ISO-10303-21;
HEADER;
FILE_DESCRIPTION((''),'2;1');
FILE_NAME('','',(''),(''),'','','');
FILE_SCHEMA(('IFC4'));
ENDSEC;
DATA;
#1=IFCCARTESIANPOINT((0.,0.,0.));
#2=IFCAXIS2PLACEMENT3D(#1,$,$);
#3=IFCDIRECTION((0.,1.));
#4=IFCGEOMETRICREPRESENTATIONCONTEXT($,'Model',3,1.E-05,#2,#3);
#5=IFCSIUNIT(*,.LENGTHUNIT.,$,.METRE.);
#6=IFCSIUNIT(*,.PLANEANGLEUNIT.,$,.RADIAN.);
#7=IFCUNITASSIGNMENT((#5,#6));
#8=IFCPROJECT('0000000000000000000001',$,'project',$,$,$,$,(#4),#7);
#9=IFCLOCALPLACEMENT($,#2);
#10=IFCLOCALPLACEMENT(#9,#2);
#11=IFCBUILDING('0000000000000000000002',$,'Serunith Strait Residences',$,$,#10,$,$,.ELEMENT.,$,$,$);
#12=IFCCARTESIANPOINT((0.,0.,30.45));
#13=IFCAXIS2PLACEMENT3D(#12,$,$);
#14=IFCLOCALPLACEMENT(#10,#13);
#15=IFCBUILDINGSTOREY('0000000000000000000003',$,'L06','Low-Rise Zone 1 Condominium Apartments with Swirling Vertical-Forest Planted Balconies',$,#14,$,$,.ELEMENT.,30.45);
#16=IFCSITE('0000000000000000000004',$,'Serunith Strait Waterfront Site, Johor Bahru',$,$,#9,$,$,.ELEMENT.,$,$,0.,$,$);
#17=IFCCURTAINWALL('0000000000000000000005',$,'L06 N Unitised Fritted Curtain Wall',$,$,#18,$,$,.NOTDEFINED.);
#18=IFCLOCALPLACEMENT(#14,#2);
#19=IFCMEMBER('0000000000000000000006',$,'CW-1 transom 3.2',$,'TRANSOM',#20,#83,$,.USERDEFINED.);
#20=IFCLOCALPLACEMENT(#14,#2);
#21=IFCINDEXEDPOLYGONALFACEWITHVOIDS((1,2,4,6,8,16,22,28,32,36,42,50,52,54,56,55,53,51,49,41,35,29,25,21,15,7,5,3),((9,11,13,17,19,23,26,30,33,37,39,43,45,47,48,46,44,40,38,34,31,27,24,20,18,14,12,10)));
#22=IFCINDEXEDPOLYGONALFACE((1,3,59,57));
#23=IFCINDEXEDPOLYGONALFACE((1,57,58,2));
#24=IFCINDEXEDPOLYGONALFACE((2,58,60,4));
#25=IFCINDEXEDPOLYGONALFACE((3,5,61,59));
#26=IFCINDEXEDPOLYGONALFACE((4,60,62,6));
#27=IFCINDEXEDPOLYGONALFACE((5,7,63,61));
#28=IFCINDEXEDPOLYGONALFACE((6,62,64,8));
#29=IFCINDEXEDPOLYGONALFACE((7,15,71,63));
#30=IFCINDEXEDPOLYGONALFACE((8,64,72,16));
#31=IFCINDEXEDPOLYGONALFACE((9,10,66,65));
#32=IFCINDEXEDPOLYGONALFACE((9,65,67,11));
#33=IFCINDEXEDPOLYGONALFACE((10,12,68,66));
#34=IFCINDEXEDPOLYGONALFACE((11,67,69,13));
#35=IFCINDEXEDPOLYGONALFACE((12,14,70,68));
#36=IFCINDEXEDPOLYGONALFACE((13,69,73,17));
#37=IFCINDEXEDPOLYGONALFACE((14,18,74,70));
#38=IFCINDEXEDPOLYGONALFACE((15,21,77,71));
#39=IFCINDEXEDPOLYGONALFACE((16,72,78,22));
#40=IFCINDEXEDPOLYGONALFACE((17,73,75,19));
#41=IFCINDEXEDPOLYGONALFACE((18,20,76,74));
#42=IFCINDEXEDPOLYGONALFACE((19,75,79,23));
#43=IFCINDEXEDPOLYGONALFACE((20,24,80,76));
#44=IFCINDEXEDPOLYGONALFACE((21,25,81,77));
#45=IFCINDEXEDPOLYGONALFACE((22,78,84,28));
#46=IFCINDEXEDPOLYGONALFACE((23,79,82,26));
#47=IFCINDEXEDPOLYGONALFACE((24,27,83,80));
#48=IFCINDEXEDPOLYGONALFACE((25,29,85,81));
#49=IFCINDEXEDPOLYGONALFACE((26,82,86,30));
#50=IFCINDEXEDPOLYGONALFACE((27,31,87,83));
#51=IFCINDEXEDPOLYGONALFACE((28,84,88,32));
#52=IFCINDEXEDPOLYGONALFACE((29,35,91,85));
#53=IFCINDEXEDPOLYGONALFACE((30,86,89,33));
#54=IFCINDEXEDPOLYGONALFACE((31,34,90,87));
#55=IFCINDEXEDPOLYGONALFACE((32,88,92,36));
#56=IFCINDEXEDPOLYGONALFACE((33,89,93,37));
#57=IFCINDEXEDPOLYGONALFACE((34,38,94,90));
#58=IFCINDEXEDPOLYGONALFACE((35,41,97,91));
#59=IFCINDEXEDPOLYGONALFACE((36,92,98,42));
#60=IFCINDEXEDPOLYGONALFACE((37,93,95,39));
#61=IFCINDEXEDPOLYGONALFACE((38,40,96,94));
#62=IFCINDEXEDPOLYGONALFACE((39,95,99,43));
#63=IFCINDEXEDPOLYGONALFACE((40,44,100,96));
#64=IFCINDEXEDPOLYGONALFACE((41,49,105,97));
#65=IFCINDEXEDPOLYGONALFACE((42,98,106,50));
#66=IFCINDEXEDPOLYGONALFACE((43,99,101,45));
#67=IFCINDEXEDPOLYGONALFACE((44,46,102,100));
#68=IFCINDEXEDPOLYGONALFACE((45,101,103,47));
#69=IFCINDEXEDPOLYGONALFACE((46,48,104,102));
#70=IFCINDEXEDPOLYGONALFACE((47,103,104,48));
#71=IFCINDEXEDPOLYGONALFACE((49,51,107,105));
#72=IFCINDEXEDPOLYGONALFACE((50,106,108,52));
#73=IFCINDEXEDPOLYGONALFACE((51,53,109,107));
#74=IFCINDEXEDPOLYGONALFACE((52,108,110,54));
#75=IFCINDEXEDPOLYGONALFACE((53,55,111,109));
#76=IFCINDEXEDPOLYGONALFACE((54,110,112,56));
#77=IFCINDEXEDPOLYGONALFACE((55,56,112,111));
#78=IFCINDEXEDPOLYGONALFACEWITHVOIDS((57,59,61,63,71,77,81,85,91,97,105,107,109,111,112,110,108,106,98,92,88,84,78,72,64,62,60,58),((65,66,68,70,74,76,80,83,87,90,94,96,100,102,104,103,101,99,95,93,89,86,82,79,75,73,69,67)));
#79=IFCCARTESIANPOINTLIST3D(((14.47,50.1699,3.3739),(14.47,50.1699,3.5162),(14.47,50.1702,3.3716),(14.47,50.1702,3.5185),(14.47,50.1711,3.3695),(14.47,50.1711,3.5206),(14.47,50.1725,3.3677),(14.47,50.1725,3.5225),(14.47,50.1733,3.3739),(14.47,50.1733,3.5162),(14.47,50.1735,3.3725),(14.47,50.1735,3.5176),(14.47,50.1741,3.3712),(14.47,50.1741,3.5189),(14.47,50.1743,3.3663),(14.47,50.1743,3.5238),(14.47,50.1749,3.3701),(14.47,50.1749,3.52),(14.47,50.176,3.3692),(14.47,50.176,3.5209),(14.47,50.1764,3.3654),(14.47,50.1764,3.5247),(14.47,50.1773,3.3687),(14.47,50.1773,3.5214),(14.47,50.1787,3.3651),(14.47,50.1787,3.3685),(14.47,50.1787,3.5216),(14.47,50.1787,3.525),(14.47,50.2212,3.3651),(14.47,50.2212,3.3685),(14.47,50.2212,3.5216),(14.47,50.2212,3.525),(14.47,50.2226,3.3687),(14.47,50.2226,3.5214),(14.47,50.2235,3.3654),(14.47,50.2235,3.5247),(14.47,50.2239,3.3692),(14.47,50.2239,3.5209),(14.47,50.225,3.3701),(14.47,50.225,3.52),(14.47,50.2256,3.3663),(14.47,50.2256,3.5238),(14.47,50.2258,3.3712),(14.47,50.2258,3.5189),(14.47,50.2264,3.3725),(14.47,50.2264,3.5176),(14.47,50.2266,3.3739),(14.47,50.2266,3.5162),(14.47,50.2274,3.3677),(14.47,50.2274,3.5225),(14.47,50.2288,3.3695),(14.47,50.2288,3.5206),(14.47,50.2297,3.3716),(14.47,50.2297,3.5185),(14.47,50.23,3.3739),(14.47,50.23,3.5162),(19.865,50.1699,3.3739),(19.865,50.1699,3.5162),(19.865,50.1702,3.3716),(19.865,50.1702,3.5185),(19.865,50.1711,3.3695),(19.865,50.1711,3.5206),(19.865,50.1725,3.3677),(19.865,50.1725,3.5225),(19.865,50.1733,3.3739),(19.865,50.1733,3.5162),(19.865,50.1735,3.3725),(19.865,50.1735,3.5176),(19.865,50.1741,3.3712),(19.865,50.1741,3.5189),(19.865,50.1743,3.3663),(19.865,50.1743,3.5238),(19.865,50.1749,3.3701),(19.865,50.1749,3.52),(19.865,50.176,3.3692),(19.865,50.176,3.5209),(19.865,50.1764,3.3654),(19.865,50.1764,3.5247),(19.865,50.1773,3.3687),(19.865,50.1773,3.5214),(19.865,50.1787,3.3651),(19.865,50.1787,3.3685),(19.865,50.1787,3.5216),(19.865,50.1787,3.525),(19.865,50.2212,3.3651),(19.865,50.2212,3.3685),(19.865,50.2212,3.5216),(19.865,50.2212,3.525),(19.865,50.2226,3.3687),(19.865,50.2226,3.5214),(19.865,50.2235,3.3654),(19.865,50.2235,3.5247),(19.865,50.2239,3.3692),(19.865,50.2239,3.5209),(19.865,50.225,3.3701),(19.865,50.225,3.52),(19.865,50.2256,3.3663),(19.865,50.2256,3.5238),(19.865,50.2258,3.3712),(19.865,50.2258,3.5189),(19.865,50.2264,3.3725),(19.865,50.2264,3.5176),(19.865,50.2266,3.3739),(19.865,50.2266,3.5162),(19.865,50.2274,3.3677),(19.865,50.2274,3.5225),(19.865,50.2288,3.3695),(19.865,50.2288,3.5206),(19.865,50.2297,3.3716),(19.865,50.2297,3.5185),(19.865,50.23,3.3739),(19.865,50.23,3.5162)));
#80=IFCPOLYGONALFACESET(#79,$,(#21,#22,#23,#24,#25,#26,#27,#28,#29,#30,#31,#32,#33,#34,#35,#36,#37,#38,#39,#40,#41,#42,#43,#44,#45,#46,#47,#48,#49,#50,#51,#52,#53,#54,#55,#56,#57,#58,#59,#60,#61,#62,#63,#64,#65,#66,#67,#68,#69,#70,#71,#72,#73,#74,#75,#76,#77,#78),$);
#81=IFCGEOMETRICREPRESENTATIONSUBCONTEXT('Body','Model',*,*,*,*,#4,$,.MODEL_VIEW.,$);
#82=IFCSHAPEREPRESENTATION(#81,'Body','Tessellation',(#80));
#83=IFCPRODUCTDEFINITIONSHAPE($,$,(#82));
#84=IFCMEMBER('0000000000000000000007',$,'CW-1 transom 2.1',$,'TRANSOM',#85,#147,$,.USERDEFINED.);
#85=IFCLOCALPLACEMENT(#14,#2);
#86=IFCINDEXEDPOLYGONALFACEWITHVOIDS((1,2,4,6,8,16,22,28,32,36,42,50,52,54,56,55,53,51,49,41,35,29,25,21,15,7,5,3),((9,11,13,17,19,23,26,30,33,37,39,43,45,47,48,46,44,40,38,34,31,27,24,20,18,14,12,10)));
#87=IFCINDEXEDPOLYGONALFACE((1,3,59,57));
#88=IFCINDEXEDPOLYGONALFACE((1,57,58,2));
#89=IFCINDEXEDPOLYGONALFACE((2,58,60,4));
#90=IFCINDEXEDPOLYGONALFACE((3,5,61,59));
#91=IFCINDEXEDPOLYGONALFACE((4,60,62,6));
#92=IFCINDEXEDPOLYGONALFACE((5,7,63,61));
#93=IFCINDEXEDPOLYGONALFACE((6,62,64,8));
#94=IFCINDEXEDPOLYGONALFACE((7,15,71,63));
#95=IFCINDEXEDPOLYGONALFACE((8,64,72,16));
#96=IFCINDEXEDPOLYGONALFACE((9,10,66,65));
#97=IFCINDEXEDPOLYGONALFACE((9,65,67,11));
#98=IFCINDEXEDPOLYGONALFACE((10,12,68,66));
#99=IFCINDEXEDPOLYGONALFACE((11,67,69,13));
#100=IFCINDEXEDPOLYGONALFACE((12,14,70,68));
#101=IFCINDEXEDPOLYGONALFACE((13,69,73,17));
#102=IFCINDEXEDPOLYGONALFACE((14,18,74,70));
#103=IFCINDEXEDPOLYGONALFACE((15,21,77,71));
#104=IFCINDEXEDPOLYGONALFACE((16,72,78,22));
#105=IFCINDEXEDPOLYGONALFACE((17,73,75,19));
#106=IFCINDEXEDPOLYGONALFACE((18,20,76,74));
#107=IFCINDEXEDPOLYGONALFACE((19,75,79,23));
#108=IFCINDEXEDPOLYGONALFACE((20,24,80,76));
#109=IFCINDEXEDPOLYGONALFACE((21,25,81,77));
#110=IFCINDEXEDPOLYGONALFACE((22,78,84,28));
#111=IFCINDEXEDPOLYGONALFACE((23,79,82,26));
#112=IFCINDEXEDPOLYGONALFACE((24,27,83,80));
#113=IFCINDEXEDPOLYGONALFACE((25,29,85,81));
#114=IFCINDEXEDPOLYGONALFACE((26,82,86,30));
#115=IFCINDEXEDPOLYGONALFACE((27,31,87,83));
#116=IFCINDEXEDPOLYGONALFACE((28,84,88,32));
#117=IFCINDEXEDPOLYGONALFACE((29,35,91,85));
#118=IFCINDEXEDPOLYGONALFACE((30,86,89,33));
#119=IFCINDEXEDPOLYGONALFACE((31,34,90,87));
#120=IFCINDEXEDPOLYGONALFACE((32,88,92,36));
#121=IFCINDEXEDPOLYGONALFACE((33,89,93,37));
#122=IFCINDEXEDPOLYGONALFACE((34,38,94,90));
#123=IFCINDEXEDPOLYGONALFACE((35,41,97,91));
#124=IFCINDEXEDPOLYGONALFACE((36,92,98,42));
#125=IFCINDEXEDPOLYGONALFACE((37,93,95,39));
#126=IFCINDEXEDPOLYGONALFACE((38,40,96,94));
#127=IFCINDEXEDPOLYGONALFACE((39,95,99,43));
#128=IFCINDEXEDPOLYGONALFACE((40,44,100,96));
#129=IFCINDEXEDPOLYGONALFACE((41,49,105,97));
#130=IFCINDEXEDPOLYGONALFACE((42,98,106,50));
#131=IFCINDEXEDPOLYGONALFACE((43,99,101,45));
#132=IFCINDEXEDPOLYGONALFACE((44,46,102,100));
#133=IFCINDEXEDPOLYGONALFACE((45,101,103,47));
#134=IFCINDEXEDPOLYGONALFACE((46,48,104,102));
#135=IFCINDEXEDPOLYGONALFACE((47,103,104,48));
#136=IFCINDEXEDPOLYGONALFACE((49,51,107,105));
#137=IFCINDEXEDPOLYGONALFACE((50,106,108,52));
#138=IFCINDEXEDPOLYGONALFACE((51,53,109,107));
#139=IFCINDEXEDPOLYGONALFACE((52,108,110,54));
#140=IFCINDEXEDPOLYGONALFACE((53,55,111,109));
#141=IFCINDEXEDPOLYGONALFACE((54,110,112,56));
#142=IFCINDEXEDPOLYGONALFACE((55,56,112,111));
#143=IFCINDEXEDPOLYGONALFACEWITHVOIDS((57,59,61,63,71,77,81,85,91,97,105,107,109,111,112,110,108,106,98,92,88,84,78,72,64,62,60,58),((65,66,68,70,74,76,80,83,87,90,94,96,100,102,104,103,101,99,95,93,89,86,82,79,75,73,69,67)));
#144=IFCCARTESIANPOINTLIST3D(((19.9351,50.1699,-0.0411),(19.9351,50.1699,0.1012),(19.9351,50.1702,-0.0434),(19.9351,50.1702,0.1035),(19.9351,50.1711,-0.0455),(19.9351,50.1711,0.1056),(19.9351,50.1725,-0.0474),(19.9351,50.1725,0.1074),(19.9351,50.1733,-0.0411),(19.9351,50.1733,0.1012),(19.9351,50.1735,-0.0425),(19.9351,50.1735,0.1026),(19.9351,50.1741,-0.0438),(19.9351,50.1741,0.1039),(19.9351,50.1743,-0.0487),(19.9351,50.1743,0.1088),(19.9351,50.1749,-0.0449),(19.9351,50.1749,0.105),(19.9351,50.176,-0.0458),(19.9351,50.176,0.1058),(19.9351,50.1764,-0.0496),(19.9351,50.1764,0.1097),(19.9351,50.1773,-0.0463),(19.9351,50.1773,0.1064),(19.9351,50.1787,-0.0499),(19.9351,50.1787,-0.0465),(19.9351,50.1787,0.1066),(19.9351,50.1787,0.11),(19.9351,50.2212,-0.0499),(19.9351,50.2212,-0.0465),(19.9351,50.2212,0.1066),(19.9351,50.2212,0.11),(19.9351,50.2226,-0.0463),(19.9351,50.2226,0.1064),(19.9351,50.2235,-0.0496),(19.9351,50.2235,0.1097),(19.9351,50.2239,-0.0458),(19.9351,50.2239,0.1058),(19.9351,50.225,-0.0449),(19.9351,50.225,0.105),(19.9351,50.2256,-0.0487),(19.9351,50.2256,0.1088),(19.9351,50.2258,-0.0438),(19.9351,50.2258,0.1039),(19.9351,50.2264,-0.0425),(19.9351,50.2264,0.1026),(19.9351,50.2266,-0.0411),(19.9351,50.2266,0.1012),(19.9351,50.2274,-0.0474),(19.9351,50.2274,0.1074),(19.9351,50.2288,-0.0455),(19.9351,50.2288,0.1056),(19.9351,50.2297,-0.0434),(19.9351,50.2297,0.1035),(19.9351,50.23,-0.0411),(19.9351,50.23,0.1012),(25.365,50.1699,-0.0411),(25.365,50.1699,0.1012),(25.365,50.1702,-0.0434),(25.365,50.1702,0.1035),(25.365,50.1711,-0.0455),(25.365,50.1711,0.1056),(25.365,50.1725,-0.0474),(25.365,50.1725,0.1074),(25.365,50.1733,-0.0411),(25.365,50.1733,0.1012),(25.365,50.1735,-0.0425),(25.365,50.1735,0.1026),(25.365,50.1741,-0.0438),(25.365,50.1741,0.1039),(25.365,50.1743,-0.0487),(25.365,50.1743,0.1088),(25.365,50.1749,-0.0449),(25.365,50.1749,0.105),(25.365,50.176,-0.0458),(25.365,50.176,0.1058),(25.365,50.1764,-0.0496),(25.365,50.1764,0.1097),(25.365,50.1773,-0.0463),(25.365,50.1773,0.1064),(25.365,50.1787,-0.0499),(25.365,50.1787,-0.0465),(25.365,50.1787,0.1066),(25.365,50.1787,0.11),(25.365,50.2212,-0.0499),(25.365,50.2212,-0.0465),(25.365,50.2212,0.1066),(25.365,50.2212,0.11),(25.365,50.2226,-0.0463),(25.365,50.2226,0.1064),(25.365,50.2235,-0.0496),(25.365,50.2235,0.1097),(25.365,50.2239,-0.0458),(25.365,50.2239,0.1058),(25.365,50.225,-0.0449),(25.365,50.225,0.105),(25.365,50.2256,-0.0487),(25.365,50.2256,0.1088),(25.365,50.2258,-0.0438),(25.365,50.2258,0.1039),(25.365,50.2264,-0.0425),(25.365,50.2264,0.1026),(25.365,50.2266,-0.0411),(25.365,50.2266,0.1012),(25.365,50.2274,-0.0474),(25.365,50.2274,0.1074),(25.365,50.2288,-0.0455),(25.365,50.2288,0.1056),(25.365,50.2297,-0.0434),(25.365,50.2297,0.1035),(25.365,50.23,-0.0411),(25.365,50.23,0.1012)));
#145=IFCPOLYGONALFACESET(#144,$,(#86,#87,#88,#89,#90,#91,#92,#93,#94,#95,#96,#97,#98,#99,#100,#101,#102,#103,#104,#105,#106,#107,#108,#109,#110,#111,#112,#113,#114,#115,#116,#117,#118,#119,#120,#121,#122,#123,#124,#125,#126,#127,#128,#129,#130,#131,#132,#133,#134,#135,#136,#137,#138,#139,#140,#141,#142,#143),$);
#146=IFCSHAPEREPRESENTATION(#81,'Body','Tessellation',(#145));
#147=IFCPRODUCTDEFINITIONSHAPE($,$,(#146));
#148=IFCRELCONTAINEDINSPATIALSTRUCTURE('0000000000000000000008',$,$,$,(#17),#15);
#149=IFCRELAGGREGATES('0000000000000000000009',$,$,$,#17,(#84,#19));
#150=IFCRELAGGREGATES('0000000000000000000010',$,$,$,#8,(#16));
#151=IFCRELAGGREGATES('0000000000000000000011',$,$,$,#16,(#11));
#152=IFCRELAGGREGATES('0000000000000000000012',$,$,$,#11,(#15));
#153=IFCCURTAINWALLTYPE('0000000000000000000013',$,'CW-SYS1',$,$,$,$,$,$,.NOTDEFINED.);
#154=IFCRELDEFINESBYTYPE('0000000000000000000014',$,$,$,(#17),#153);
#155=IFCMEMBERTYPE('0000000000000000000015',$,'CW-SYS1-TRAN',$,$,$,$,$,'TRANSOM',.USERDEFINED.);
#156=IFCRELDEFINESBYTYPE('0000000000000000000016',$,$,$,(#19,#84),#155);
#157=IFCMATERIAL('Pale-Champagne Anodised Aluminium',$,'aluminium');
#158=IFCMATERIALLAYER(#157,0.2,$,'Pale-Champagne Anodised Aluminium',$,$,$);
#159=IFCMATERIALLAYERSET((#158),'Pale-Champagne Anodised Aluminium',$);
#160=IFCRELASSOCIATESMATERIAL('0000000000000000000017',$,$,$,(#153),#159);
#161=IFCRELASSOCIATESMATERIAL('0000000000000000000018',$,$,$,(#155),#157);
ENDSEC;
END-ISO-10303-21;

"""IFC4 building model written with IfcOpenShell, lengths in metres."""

from ifc_helpers import new_model, si_unit, direction, frame, origin, origin_2d, place, context, subcontext, project, spatial, hollow_rectangle, extrude, source, transform, mapped, material, layer, layer_set, material_profile, profile_set, type_object, element, aggregate, save


model = new_model("IFC4")

# Units and contexts
model_context = context("Model", 3, precision=1e-05, world=origin(), true_north=direction((0.0, 1.0)))
body_context = subcontext(model_context, "Body", "Model", "MODEL_VIEW")
ifc_project = project(units=[si_unit("LENGTHUNIT", "METRE"), si_unit("PLANEANGLEUNIT", "RADIAN")], contexts=[model_context])

# Site, building, storey
site_placement = place(None, origin())
site = spatial("IfcSite", under=ifc_project, at=site_placement, Name="Serunith Strait Waterfront Site, Johor Bahru", CompositionType="ELEMENT", RefElevation=0.0)
building_placement = place(site_placement, origin())
building = spatial("IfcBuilding", under=site, at=building_placement, Name="Serunith Strait Residences", CompositionType="ELEMENT")
storey_placement = place(building_placement, frame((0.0, 0.0, 30.45)))
storey = spatial("IfcBuildingStorey", under=building, at=storey_placement, Name="L06", Description="Low-Rise Zone 1 Condominium Apartments with Swirling Vertical-Forest Planted Balconies", CompositionType="ELEMENT", Elevation=30.45)

# Curtain wall, members
ifc_material_1 = material(Name="Pale-Champagne Anodised Aluminium", Category="aluminium")
ifc_layer_1 = layer(ifc_material_1, 0.2, Name="Pale-Champagne Anodised Aluminium")
ifc_layer_set_1 = layer_set([ifc_layer_1], Name="Pale-Champagne Anodised Aluminium")
curtain_wall_type = type_object("IfcCurtainWallType", Name="CW-SYS1", PredefinedType="NOTDEFINED", material=ifc_layer_set_1)
curtain_wall_placement = place(storey_placement, origin())
curtain_wall = element("IfcCurtainWall", 1, at=curtain_wall_placement, inside=storey, type_object=curtain_wall_type, Name="L06 N Unitised Fritted Curtain Wall", PredefinedType="NOTDEFINED")
ifc_material_profile_1 = material_profile(ifc_material_1, hollow_rectangle(XDim=0.0601, YDim=0.1599, WallThickness=0.0034, InnerFilletRadius=0.0054, OuterFilletRadius=0.0088, at=origin_2d()), Name="ALU 160x60x3.5")
ifc_profile_set_1 = profile_set([ifc_material_profile_1], Name="Pale-Champagne Anodised Aluminium")
member_type_1 = type_object("IfcMemberType", Name="CW-SYS1-TRAN", ElementType="TRANSOM", PredefinedType="USERDEFINED", material=ifc_profile_set_1)
shared_shape_1 = source(origin(), body_context, "Body", "SweptSolid", [
    extrude(hollow_rectangle(XDim=0.0601, YDim=0.1599, WallThickness=0.0034, InnerFilletRadius=0.0054, OuterFilletRadius=0.0088, at=origin_2d()), origin(), (0.0, 0.0, 1.0), 5.395),
])
member_1_placement = place(storey_placement, frame((19.865, 50.2, 3.4451), z_axis=(-1.0, 0.0, 0.0), x_axis=(0.0, -1.0, 0.0)))
member_1 = element("IfcMember", 2, at=member_1_placement, type_object=member_type_1, Name="CW-1 transom 3.2", ObjectType="TRANSOM", PredefinedType="USERDEFINED", context=body_context, shape_type="MappedRepresentation", body=[
    mapped(shared_shape_1, transform((0.0, 0.0, 0.0), scale=1.0)),
])
shared_shape_2 = source(origin(), body_context, "Body", "SweptSolid", [
    extrude(hollow_rectangle(XDim=0.0601, YDim=0.1599, WallThickness=0.0034, InnerFilletRadius=0.0054, OuterFilletRadius=0.0088, at=origin_2d()), origin(), (0.0, 0.0, 1.0), 5.4299),
])
member_2_placement = place(storey_placement, frame((25.365, 50.2, 0.03), z_axis=(-1.0, 0.0, 0.0), x_axis=(0.0, -1.0, 0.0)))
member_2 = element("IfcMember", 3, at=member_2_placement, type_object=member_type_1, Name="CW-1 transom 2.1", ObjectType="TRANSOM", PredefinedType="USERDEFINED", context=body_context, shape_type="MappedRepresentation", body=[
    mapped(shared_shape_2, transform((0.0, 0.0, 0.0), scale=1.0)),
])
aggregate(curtain_wall, [member_2, member_1])

save(model, "model.ifc")
